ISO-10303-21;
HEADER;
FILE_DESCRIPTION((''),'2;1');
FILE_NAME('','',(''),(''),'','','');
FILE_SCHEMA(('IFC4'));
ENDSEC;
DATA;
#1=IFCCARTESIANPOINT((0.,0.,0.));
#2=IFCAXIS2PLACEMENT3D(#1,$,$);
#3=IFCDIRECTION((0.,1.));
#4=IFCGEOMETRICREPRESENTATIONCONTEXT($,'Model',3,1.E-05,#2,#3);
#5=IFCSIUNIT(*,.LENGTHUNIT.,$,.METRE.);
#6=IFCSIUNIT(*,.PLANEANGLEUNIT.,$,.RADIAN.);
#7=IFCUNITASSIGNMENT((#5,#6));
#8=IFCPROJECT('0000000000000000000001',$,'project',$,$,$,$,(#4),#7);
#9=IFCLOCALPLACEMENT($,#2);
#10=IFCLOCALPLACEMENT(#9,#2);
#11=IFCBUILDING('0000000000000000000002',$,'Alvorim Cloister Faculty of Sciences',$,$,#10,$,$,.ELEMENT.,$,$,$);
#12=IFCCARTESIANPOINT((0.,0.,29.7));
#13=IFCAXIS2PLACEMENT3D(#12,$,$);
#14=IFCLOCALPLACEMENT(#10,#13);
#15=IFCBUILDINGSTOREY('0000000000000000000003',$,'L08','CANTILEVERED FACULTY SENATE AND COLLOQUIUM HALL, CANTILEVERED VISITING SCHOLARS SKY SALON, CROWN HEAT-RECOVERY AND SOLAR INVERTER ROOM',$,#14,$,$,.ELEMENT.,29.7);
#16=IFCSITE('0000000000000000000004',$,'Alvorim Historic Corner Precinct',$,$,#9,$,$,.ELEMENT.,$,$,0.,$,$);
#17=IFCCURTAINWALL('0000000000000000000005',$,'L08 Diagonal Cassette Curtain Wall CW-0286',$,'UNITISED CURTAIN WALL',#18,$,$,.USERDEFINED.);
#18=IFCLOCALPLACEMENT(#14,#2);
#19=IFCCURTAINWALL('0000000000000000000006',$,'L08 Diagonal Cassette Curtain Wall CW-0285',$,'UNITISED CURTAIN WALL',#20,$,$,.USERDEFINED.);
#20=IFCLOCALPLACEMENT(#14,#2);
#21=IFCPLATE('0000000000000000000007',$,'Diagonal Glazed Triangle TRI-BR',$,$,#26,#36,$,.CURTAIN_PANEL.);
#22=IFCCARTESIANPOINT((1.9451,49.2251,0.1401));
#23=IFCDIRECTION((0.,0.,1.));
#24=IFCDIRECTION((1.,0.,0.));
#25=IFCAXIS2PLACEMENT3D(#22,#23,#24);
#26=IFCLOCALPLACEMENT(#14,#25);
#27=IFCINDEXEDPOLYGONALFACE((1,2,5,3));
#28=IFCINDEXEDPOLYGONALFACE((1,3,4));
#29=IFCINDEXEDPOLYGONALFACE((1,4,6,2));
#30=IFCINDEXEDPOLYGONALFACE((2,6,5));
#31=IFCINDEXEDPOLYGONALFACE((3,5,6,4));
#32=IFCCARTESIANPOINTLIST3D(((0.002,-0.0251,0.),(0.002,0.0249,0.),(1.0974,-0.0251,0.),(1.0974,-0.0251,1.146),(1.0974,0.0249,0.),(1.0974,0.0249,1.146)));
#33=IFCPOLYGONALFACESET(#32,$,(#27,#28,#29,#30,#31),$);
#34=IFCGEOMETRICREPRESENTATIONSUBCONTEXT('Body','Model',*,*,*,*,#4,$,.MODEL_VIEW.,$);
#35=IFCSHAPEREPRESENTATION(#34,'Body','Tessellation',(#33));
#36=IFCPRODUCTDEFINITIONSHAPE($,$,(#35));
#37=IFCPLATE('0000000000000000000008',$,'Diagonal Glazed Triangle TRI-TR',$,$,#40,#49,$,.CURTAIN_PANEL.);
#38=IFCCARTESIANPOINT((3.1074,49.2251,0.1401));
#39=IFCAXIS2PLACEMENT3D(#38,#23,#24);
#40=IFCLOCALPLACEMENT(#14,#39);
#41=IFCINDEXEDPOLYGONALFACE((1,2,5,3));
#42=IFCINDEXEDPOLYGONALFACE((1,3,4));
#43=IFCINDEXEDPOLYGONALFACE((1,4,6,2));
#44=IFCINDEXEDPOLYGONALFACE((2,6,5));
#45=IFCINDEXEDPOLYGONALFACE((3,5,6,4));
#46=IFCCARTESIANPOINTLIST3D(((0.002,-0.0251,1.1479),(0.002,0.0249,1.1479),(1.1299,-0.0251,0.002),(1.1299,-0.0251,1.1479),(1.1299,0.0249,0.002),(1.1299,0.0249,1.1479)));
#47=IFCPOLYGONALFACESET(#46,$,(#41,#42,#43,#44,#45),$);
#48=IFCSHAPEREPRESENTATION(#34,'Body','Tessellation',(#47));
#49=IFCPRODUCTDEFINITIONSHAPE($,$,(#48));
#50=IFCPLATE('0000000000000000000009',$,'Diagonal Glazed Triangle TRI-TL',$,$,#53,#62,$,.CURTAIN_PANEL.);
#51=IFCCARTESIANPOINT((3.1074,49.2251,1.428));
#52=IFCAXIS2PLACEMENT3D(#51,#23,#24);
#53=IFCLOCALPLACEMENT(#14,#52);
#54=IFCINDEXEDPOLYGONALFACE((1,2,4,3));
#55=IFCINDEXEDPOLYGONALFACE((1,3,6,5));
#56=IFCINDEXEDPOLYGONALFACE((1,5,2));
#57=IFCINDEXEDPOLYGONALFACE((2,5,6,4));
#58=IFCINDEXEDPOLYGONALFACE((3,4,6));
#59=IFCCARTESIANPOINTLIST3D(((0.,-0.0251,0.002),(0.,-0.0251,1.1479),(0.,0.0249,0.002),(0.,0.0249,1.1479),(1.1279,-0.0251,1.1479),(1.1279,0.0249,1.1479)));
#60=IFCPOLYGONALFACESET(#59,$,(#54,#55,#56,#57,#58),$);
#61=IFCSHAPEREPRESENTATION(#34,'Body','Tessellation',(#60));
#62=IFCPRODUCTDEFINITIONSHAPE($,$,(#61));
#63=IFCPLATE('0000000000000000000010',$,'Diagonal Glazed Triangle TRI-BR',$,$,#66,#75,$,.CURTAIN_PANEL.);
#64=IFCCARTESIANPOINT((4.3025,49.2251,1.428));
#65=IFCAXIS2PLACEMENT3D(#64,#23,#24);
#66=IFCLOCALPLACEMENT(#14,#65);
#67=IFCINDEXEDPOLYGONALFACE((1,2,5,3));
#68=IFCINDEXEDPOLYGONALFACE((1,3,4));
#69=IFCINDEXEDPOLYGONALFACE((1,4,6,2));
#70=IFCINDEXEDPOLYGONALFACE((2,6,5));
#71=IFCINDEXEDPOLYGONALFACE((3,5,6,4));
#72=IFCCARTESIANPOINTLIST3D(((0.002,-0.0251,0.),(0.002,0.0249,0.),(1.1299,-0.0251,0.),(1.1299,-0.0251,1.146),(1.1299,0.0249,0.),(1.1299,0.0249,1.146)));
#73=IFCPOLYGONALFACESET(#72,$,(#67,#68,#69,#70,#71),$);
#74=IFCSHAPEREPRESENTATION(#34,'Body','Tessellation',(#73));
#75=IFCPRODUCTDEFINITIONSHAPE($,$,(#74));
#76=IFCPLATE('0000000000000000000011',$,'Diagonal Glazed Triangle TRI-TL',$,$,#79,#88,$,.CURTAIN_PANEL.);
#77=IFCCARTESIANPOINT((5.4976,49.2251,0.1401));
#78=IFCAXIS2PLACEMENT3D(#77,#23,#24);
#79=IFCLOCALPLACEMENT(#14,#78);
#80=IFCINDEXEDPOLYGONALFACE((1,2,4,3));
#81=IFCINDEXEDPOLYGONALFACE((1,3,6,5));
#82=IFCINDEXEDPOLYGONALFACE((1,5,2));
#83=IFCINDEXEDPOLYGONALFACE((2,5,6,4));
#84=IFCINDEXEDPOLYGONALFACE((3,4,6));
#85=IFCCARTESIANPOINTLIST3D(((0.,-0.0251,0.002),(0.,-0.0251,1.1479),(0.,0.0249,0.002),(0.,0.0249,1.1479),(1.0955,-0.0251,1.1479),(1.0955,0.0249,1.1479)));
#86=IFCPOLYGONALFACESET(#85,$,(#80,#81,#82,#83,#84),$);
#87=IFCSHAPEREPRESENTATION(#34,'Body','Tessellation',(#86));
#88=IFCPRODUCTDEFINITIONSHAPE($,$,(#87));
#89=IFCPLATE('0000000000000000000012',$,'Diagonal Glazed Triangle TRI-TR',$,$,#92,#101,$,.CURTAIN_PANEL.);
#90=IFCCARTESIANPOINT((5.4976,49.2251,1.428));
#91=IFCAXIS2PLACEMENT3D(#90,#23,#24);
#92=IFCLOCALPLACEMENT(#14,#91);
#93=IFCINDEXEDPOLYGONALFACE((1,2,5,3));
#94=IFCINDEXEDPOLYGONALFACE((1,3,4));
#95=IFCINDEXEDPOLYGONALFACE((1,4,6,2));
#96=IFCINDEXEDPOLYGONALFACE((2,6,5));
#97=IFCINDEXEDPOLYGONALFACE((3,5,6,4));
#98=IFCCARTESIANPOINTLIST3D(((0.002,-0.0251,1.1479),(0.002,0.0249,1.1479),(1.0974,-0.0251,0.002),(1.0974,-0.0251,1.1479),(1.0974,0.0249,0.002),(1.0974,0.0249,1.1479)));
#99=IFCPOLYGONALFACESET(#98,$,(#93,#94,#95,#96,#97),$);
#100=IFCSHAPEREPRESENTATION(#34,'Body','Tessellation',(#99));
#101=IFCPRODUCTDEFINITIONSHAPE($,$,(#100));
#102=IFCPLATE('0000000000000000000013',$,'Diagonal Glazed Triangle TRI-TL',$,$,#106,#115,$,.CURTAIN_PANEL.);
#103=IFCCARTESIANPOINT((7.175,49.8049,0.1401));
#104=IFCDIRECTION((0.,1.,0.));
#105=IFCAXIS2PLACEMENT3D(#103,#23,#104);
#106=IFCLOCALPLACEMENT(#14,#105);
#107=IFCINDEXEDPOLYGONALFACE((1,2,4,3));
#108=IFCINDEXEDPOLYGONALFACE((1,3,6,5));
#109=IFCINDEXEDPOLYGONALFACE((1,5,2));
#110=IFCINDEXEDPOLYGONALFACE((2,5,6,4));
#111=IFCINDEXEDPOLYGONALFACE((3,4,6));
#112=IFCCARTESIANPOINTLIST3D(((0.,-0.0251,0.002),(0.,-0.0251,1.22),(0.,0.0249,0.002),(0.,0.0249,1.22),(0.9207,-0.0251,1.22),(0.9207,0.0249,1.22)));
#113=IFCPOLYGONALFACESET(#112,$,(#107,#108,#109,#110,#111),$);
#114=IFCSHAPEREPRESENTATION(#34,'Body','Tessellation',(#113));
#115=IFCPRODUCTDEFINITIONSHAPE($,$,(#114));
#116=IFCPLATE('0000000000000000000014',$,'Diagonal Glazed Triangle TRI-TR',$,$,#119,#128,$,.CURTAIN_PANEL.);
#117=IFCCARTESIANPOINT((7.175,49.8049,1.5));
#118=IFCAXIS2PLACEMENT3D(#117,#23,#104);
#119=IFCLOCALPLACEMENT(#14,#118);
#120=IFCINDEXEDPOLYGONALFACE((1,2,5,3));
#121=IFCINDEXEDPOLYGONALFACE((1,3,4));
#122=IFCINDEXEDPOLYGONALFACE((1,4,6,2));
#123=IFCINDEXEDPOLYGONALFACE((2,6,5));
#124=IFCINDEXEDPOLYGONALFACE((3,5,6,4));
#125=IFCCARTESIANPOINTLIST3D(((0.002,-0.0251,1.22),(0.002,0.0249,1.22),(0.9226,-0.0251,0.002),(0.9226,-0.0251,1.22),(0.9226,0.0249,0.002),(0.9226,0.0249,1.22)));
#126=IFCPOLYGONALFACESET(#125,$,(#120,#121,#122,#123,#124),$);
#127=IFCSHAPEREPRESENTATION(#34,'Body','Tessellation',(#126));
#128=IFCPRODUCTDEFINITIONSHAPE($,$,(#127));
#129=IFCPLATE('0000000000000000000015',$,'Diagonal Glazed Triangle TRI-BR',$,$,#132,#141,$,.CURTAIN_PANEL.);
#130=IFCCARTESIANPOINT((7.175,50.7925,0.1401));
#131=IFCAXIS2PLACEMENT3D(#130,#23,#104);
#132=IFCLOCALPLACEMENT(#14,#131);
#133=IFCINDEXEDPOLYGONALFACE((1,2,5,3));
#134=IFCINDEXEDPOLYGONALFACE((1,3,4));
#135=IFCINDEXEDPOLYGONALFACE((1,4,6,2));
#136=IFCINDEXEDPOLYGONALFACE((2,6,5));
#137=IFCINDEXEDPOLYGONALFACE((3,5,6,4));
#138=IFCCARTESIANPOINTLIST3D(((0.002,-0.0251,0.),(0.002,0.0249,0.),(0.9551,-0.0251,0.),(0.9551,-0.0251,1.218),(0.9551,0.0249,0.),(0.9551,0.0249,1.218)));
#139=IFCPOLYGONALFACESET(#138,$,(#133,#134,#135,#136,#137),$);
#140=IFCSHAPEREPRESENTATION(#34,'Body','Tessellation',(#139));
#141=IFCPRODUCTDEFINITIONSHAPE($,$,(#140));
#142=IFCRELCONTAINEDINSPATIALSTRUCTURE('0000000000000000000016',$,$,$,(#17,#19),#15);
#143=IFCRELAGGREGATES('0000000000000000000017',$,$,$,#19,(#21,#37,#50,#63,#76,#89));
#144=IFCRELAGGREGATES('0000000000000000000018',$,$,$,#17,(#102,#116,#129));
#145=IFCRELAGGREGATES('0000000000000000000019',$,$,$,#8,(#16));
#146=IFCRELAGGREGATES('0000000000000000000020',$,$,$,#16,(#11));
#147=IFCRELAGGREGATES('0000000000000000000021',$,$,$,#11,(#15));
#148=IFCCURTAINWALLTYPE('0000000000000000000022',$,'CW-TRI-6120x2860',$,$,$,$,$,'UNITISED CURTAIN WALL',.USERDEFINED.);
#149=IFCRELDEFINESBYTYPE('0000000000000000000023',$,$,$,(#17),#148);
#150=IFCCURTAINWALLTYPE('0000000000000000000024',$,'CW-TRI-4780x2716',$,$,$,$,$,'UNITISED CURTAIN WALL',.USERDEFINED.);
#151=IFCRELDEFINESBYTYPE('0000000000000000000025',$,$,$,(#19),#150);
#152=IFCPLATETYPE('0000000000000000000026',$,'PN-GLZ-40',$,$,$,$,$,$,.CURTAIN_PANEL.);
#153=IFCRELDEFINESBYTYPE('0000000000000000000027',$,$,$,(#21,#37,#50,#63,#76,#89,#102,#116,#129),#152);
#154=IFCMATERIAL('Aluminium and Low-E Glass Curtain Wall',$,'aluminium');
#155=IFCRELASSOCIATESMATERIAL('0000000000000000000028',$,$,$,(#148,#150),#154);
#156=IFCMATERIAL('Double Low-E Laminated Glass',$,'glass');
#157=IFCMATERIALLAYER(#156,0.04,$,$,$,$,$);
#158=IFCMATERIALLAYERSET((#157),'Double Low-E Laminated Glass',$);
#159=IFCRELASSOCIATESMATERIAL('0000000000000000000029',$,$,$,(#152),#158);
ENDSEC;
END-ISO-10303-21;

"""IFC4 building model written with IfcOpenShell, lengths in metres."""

from ifc_helpers import new_model, si_unit, direction, frame, origin, place, context, subcontext, project, spatial, polyline, outline, extrude, material, layer, layer_set, type_object, element, aggregate, save


model = new_model("IFC4")

# Units and contexts
model_context = context("Model", 3, precision=1e-05, world=origin(), true_north=direction((0.0, 1.0)))
body_context = subcontext(model_context, "Body", "Model", "MODEL_VIEW")
ifc_project = project(units=[si_unit("LENGTHUNIT", "METRE"), si_unit("PLANEANGLEUNIT", "RADIAN")], contexts=[model_context])

# Site, building, storey
site_placement = place(None, origin())
site = spatial("IfcSite", under=ifc_project, at=site_placement, Name="Alvorim Historic Corner Precinct", CompositionType="ELEMENT", RefElevation=0.0)
building_placement = place(site_placement, origin())
building = spatial("IfcBuilding", under=site, at=building_placement, Name="Alvorim Cloister Faculty of Sciences", CompositionType="ELEMENT")
storey_placement = place(building_placement, frame((0.0, 0.0, 29.7)))
storey = spatial("IfcBuildingStorey", under=building, at=storey_placement, Name="L08", Description="CANTILEVERED FACULTY SENATE AND COLLOQUIUM HALL, CANTILEVERED VISITING SCHOLARS SKY SALON, CROWN HEAT-RECOVERY AND SOLAR INVERTER ROOM", CompositionType="ELEMENT", Elevation=29.7)

# Curtain wall
ifc_material_1 = material(Name="Aluminium and Low-E Glass Curtain Wall", Category="aluminium")
curtain_wall_type_1 = type_object("IfcCurtainWallType", Name="CW-TRI-6120x2860", ElementType="UNITISED CURTAIN WALL", PredefinedType="USERDEFINED", material=ifc_material_1)
curtain_wall_1_placement = place(storey_placement, origin())
curtain_wall_1 = element("IfcCurtainWall", 1, at=curtain_wall_1_placement, inside=storey, type_object=curtain_wall_type_1, Name="L08 Diagonal Cassette Curtain Wall CW-0286", ObjectType="UNITISED CURTAIN WALL", PredefinedType="USERDEFINED")

# Curtain wall, plates
curtain_wall_type_2 = type_object("IfcCurtainWallType", Name="CW-TRI-4780x2716", ElementType="UNITISED CURTAIN WALL", PredefinedType="USERDEFINED", material=ifc_material_1)
curtain_wall_2_placement = place(storey_placement, origin())
curtain_wall_2 = element("IfcCurtainWall", 2, at=curtain_wall_2_placement, inside=storey, type_object=curtain_wall_type_2, Name="L08 Diagonal Cassette Curtain Wall CW-0285", ObjectType="UNITISED CURTAIN WALL", PredefinedType="USERDEFINED")
ifc_material_2 = material(Name="Double Low-E Laminated Glass", Category="glass")
ifc_layer_1 = layer(ifc_material_2, 0.04)
ifc_layer_set_1 = layer_set([ifc_layer_1], Name="Double Low-E Laminated Glass")
plate_type = type_object("IfcPlateType", Name="PN-GLZ-40", PredefinedType="CURTAIN_PANEL", material=ifc_layer_set_1)
plate_1_placement = place(storey_placement, frame((1.9451, 49.2251, 0.1401), z_axis=(0.0, 0.0, 1.0), x_axis=(1.0, 0.0, 0.0)))
plate_1 = element("IfcPlate", 3, at=plate_1_placement, type_object=plate_type, Name="Diagonal Glazed Triangle TRI-BR", PredefinedType="CURTAIN_PANEL", context=body_context, shape_type="SweptSolid", body=[
    extrude(outline(polyline([(0.002, 0.0), (1.0974, 0.0), (1.0974, 1.146), (0.002, 0.0)])), frame((0.0, 0.0249, 0.0), z_axis=(0.0, -1.0, 0.0), x_axis=(1.0, 0.0, 0.0)), (0.0, 0.0, 1.0), 0.05),
])
plate_2_placement = place(storey_placement, frame((3.1074, 49.2251, 0.1401), z_axis=(0.0, 0.0, 1.0), x_axis=(1.0, 0.0, 0.0)))
plate_2 = element("IfcPlate", 4, at=plate_2_placement, type_object=plate_type, Name="Diagonal Glazed Triangle TRI-TR", PredefinedType="CURTAIN_PANEL", context=body_context, shape_type="SweptSolid", body=[
    extrude(outline(polyline([(1.1299, 0.002), (1.1299, 1.1479), (0.002, 1.1479), (1.1299, 0.002)])), frame((0.0, 0.0249, 0.0), z_axis=(0.0, -1.0, 0.0), x_axis=(1.0, 0.0, 0.0)), (0.0, 0.0, 1.0), 0.05),
])
plate_3_placement = place(storey_placement, frame((3.1074, 49.2251, 1.428), z_axis=(0.0, 0.0, 1.0), x_axis=(1.0, 0.0, 0.0)))
plate_3 = element("IfcPlate", 5, at=plate_3_placement, type_object=plate_type, Name="Diagonal Glazed Triangle TRI-TL", PredefinedType="CURTAIN_PANEL", context=body_context, shape_type="SweptSolid", body=[
    extrude(outline(polyline([(1.1279, 1.1479), (0.0, 1.1479), (0.0, 0.002), (1.1279, 1.1479)])), frame((0.0, 0.0249, 0.0), z_axis=(0.0, -1.0, 0.0), x_axis=(1.0, 0.0, 0.0)), (0.0, 0.0, 1.0), 0.05),
])
plate_4_placement = place(storey_placement, frame((4.3025, 49.2251, 1.428), z_axis=(0.0, 0.0, 1.0), x_axis=(1.0, 0.0, 0.0)))
plate_4 = element("IfcPlate", 6, at=plate_4_placement, type_object=plate_type, Name="Diagonal Glazed Triangle TRI-BR", PredefinedType="CURTAIN_PANEL", context=body_context, shape_type="SweptSolid", body=[
    extrude(outline(polyline([(0.002, 0.0), (1.1299, 0.0), (1.1299, 1.146), (0.002, 0.0)])), frame((0.0, 0.0249, 0.0), z_axis=(0.0, -1.0, 0.0), x_axis=(1.0, 0.0, 0.0)), (0.0, 0.0, 1.0), 0.05),
])
plate_5_placement = place(storey_placement, frame((5.4976, 49.2251, 0.1401), z_axis=(0.0, 0.0, 1.0), x_axis=(1.0, 0.0, 0.0)))
plate_5 = element("IfcPlate", 7, at=plate_5_placement, type_object=plate_type, Name="Diagonal Glazed Triangle TRI-TL", PredefinedType="CURTAIN_PANEL", context=body_context, shape_type="SweptSolid", body=[
    extrude(outline(polyline([(1.0955, 1.1479), (0.0, 1.1479), (0.0, 0.002), (1.0955, 1.1479)])), frame((0.0, 0.0249, 0.0), z_axis=(0.0, -1.0, 0.0), x_axis=(1.0, 0.0, 0.0)), (0.0, 0.0, 1.0), 0.05),
])
plate_6_placement = place(storey_placement, frame((5.4976, 49.2251, 1.428), z_axis=(0.0, 0.0, 1.0), x_axis=(1.0, 0.0, 0.0)))
plate_6 = element("IfcPlate", 8, at=plate_6_placement, type_object=plate_type, Name="Diagonal Glazed Triangle TRI-TR", PredefinedType="CURTAIN_PANEL", context=body_context, shape_type="SweptSolid", body=[
    extrude(outline(polyline([(1.0974, 0.002), (1.0974, 1.1479), (0.002, 1.1479), (1.0974, 0.002)])), frame((0.0, 0.0249, 0.0), z_axis=(0.0, -1.0, 0.0), x_axis=(1.0, 0.0, 0.0)), (0.0, 0.0, 1.0), 0.05),
])
aggregate(curtain_wall_2, [plate_1, plate_2, plate_3, plate_4, plate_5, plate_6])

# Plates
plate_7_placement = place(storey_placement, frame((7.175, 49.8049, 0.1401), z_axis=(0.0, 0.0, 1.0), x_axis=(0.0, 1.0, 0.0)))
plate_7 = element("IfcPlate", 9, at=plate_7_placement, type_object=plate_type, Name="Diagonal Glazed Triangle TRI-TL", PredefinedType="CURTAIN_PANEL", context=body_context, shape_type="SweptSolid", body=[
    extrude(outline(polyline([(0.9207, 1.22), (0.0, 1.22), (0.0, 0.002), (0.9207, 1.22)])), frame((0.0, 0.0249, 0.0), z_axis=(0.0, -1.0, 0.0), x_axis=(1.0, 0.0, 0.0)), (0.0, 0.0, 1.0), 0.05),
])
plate_8_placement = place(storey_placement, frame((7.175, 49.8049, 1.5), z_axis=(0.0, 0.0, 1.0), x_axis=(0.0, 1.0, 0.0)))
plate_8 = element("IfcPlate", 10, at=plate_8_placement, type_object=plate_type, Name="Diagonal Glazed Triangle TRI-TR", PredefinedType="CURTAIN_PANEL", context=body_context, shape_type="SweptSolid", body=[
    extrude(outline(polyline([(0.9226, 0.002), (0.9226, 1.22), (0.002, 1.22), (0.9226, 0.002)])), frame((0.0, 0.0249, 0.0), z_axis=(0.0, -1.0, 0.0), x_axis=(1.0, 0.0, 0.0)), (0.0, 0.0, 1.0), 0.05),
])
plate_9_placement = place(storey_placement, frame((7.175, 50.7925, 0.1401), z_axis=(0.0, 0.0, 1.0), x_axis=(0.0, 1.0, 0.0)))
plate_9 = element("IfcPlate", 11, at=plate_9_placement, type_object=plate_type, Name="Diagonal Glazed Triangle TRI-BR", PredefinedType="CURTAIN_PANEL", context=body_context, shape_type="SweptSolid", body=[
    extrude(outline(polyline([(0.002, 0.0), (0.9551, 0.0), (0.9551, 1.218), (0.002, 0.0)])), frame((0.0, 0.0249, 0.0), z_axis=(0.0, -1.0, 0.0), x_axis=(1.0, 0.0, 0.0)), (0.0, 0.0, 1.0), 0.05),
])
aggregate(curtain_wall_1, [plate_7, plate_8, plate_9])

save(model, "model.ifc")
